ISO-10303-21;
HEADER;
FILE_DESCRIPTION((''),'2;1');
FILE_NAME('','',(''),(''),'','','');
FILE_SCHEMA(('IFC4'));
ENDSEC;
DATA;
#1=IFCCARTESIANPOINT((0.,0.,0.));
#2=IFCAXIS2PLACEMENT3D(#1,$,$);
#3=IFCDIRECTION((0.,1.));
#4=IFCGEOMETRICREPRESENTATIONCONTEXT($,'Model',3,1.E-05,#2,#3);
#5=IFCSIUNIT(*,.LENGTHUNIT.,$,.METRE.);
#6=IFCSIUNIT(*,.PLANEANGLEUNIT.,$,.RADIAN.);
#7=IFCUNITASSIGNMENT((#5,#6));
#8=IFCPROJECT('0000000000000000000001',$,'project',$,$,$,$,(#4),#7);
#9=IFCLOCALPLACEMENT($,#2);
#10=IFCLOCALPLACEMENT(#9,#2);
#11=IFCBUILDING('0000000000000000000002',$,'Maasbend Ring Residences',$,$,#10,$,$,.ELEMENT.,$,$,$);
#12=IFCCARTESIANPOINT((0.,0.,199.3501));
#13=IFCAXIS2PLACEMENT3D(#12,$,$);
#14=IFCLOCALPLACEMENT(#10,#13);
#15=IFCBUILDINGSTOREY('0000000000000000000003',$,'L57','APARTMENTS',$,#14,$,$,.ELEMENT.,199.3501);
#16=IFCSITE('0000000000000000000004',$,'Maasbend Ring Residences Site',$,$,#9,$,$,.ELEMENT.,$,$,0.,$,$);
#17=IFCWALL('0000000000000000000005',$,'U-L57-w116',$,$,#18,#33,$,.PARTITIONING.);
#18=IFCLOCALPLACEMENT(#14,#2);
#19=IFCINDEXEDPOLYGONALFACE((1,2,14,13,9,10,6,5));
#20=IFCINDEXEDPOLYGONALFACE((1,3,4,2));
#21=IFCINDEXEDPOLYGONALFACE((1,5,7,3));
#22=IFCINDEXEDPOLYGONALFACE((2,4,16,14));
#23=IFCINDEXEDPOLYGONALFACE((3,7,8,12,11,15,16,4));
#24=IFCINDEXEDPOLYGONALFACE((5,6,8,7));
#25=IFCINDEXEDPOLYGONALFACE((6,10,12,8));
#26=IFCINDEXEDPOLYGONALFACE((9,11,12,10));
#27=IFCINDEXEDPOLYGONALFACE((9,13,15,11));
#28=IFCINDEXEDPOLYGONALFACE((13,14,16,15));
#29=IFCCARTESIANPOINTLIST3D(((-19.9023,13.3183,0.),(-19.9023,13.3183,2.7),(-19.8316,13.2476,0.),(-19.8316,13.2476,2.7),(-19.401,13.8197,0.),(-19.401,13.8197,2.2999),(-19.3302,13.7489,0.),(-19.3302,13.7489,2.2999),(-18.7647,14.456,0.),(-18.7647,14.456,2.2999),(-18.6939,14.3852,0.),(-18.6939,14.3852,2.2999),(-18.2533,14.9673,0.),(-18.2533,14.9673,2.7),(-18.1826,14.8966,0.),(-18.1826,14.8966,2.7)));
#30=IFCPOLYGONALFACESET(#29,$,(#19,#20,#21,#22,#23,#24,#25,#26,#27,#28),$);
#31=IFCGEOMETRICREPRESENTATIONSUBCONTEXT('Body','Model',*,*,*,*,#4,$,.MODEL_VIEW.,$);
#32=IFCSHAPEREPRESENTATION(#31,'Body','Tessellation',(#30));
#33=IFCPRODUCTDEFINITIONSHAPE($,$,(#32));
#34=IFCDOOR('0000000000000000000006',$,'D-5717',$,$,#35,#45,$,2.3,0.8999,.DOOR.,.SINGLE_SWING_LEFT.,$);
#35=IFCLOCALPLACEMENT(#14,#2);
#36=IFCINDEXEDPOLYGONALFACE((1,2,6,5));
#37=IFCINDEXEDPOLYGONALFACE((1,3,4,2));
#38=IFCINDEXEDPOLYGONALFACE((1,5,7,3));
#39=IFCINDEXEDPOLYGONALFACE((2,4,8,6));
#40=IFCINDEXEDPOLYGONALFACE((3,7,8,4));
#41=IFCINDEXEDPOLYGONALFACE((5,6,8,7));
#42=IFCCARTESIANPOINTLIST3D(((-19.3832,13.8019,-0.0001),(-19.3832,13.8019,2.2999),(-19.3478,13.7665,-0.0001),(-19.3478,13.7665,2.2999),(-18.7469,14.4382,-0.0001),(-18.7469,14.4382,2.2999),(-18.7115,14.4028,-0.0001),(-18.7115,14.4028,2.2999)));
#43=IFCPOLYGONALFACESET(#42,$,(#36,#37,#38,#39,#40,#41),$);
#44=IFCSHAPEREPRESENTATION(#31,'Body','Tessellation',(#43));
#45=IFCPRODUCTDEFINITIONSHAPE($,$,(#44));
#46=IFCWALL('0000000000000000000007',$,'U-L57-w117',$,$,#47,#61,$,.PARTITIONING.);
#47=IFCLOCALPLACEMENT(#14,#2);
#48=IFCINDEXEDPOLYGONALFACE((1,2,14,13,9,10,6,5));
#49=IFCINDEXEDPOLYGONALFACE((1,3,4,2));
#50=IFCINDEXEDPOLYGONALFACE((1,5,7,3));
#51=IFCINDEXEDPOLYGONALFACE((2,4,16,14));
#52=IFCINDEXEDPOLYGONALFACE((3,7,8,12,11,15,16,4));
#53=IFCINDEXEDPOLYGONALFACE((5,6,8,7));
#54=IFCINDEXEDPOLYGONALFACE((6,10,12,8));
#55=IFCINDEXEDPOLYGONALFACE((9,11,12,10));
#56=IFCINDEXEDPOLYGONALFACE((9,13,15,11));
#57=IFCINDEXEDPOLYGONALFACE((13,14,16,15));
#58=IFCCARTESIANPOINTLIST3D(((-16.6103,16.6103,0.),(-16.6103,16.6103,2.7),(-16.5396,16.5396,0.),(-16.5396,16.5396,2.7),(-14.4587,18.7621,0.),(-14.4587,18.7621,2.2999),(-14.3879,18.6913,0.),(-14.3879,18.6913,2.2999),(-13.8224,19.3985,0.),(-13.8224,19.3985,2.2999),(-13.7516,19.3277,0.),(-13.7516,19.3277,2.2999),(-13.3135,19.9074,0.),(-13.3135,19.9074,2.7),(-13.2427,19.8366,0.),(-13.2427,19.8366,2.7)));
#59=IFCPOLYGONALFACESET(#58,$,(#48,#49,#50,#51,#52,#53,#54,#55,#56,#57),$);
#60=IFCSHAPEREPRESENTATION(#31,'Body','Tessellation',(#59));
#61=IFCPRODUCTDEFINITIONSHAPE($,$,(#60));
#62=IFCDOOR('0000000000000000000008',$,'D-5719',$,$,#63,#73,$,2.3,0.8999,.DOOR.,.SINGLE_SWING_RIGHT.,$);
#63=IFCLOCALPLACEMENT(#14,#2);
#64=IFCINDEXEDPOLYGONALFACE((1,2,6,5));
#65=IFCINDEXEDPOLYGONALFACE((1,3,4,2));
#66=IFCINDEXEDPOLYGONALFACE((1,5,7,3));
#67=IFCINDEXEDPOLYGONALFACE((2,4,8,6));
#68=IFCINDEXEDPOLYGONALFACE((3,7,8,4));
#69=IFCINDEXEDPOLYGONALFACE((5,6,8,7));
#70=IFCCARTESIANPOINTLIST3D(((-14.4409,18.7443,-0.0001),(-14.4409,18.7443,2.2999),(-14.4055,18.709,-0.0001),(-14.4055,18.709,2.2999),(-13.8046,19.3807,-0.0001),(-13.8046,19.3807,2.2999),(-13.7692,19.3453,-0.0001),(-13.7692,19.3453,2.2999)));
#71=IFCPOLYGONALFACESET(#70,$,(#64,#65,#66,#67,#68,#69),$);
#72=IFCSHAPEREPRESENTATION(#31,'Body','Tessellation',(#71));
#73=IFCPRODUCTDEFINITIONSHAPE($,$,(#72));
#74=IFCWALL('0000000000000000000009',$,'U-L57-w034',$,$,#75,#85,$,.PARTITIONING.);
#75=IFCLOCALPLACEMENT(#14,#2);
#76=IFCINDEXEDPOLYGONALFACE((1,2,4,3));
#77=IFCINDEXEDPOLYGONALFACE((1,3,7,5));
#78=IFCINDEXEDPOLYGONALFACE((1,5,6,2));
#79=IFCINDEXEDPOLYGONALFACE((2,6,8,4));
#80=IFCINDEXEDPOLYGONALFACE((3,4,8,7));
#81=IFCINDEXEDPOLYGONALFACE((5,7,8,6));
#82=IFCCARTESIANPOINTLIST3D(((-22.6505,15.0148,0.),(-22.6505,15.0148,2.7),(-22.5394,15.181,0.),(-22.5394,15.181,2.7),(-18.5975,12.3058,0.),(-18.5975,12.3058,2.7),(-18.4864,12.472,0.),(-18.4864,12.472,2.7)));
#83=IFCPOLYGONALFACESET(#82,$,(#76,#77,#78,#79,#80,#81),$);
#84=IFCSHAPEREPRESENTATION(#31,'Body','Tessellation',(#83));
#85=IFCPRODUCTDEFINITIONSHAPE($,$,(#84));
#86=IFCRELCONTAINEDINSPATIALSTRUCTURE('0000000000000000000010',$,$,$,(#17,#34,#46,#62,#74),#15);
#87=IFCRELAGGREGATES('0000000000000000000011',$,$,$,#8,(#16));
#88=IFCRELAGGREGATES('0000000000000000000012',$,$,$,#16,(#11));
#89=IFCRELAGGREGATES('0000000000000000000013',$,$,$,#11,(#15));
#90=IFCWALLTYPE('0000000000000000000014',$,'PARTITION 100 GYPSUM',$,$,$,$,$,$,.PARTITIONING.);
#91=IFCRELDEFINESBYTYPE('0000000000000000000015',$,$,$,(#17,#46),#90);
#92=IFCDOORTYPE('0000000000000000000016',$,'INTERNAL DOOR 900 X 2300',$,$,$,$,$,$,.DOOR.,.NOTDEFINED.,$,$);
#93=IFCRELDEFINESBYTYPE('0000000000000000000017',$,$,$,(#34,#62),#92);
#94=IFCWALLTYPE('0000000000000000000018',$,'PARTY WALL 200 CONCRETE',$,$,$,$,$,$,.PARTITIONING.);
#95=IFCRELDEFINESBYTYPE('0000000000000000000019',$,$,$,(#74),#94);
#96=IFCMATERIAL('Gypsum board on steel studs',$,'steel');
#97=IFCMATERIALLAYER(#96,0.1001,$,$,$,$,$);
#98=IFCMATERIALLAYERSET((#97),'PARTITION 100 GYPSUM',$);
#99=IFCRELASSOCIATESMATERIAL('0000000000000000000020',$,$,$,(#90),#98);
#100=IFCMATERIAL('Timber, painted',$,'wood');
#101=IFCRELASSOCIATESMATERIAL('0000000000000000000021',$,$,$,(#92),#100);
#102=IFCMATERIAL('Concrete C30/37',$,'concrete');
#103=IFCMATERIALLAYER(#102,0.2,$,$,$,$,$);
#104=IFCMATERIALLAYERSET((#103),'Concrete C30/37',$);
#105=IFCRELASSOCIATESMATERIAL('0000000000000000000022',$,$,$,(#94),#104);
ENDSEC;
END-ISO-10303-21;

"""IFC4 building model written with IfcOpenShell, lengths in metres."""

from ifc_helpers import new_model, si_unit, direction, frame, frame_2d, origin, place, context, subcontext, project, spatial, rectangle, extrude, material, layer, layer_set, type_object, element, fill, save


model = new_model("IFC4")

# Units and contexts
model_context = context("Model", 3, precision=1e-05, world=origin(), true_north=direction((0.0, 1.0)))
body_context = subcontext(model_context, "Body", "Model", "MODEL_VIEW")
ifc_project = project(units=[si_unit("LENGTHUNIT", "METRE"), si_unit("PLANEANGLEUNIT", "RADIAN")], contexts=[model_context])

# Site, building, storey
site_placement = place(None, origin())
site = spatial("IfcSite", under=ifc_project, at=site_placement, Name="Maasbend Ring Residences Site", CompositionType="ELEMENT", RefElevation=0.0)
building_placement = place(site_placement, origin())
building = spatial("IfcBuilding", under=site, at=building_placement, Name="Maasbend Ring Residences", CompositionType="ELEMENT")
storey_placement = place(building_placement, frame((0.0, 0.0, 199.3501)))
storey = spatial("IfcBuildingStorey", under=building, at=storey_placement, Name="L57", Description="APARTMENTS", CompositionType="ELEMENT", Elevation=199.3501)

# Shared definitions
ifc_material_1 = material(Name="Gypsum board on steel studs", Category="steel")
ifc_layer_1 = layer(ifc_material_1, 0.1001)
ifc_layer_set_1 = layer_set([ifc_layer_1], Name="PARTITION 100 GYPSUM")
wall_type_1 = type_object("IfcWallType", Name="PARTITION 100 GYPSUM", PredefinedType="PARTITIONING", material=ifc_layer_set_1)

# Walls, openings, doors
ifc_material_2 = material(Name="Timber, painted", Category="wood")
door_type_1 = type_object("IfcDoorType", Name="INTERNAL DOOR 900 X 2300", OperationType="NOTDEFINED", PredefinedType="DOOR", material=ifc_material_2)
wall_1_placement = place(storey_placement, frame((-19.8669, 13.283, 0.0), z_axis=(0.0, 0.0, 1.0), x_axis=(0.707107, 0.707107, 0.0)))
wall_1 = element("IfcWall", 1, at=wall_1_placement, inside=storey, type_object=wall_type_1, Name="U-L57-w116", PredefinedType="PARTITIONING", context=body_context, shape_type="SweptSolid", body=[
    extrude(rectangle(XDim=2.332, YDim=0.1001, at=frame_2d((1.166, 0.0))), origin(), (0.0, 0.0, 1.0), 2.7),
])
opening_1_placement = place(wall_1_placement, frame((0.709, 0.0, 0.0)))
opening_1 = element("IfcOpeningElement", 2, at=opening_1_placement, cuts=wall_1, PredefinedType="OPENING", context=body_context, shape_type="SweptSolid", body=[
    extrude(rectangle(XDim=0.8999, YDim=2.3, at=frame_2d((0.45, 1.1499))), frame((0.0, 0.0601, 0.0), z_axis=(0.0, -1.0, 0.0), x_axis=(1.0, 0.0, 0.0)), (0.0, 0.0, 1.0), 0.1201),
])
door_1_placement = place(opening_1_placement, origin())
door_1 = element("IfcDoor", 3, at=door_1_placement, inside=storey, type_object=door_type_1, Name="D-5717", OperationType="SINGLE_SWING_LEFT", OverallHeight=2.3, OverallWidth=0.8999, PredefinedType="DOOR", context=body_context, shape_type="SweptSolid", body=[
    extrude(rectangle(XDim=0.8999, YDim=2.3, at=frame_2d((0.45, 1.1499))), frame((0.0, 0.0249, 0.0), z_axis=(0.0, -1.0, 0.0), x_axis=(1.0, 0.0, 0.0)), (0.0, 0.0, 1.0), 0.05),
])
fill(opening_1, door_1)
wall_2_placement = place(storey_placement, frame((-16.575, 16.575, 0.0), z_axis=(0.0, 0.0, 1.0), x_axis=(0.707081, 0.707133, 0.0)))
wall_2 = element("IfcWall", 4, at=wall_2_placement, inside=storey, type_object=wall_type_1, Name="U-L57-w117", PredefinedType="PARTITIONING", context=body_context, shape_type="SweptSolid", body=[
    extrude(rectangle(XDim=4.6626, YDim=0.1001, at=frame_2d((2.3313, 0.0))), origin(), (0.0, 0.0, 1.0), 2.7),
])
opening_2_placement = place(wall_2_placement, frame((3.043, 0.0, 0.0)))
opening_2 = element("IfcOpeningElement", 5, at=opening_2_placement, cuts=wall_2, PredefinedType="OPENING", context=body_context, shape_type="SweptSolid", body=[
    extrude(rectangle(XDim=0.8999, YDim=2.3, at=frame_2d((0.45, 1.1499))), frame((0.0, 0.0601, 0.0), z_axis=(0.0, -1.0, 0.0), x_axis=(1.0, 0.0, 0.0)), (0.0, 0.0, 1.0), 0.1201),
])
door_2_placement = place(opening_2_placement, origin())
door_2 = element("IfcDoor", 6, at=door_2_placement, inside=storey, type_object=door_type_1, Name="D-5719", OperationType="SINGLE_SWING_RIGHT", OverallHeight=2.3, OverallWidth=0.8999, PredefinedType="DOOR", context=body_context, shape_type="SweptSolid", body=[
    extrude(rectangle(XDim=0.8999, YDim=2.3, at=frame_2d((0.45, 1.1499))), frame((0.0, 0.0249, 0.0), z_axis=(0.0, -1.0, 0.0), x_axis=(1.0, 0.0, 0.0)), (0.0, 0.0, 1.0), 0.05),
])
fill(opening_2, door_2)

# Wall
ifc_material_3 = material(Name="Concrete C30/37", Category="concrete")
ifc_layer_2 = layer(ifc_material_3, 0.2)
ifc_layer_set_2 = layer_set([ifc_layer_2], Name="Concrete C30/37")
wall_type_2 = type_object("IfcWallType", Name="PARTY WALL 200 CONCRETE", PredefinedType="PARTITIONING", material=ifc_layer_set_2)
wall_3_placement = place(storey_placement, frame((-22.595, 15.0979, 0.0), z_axis=(0.0, 0.0, 1.0), x_axis=(0.831387, -0.555694, 0.0)))
element("IfcWall", 7, at=wall_3_placement, inside=storey, type_object=wall_type_2, Name="U-L57-w034", PredefinedType="PARTITIONING", context=body_context, shape_type="SweptSolid", body=[
    extrude(rectangle(XDim=4.875, YDim=0.2, at=frame_2d((2.4375, 0.0))), origin(), (0.0, 0.0, 1.0), 2.7),
])

save(model, "model.ifc")
